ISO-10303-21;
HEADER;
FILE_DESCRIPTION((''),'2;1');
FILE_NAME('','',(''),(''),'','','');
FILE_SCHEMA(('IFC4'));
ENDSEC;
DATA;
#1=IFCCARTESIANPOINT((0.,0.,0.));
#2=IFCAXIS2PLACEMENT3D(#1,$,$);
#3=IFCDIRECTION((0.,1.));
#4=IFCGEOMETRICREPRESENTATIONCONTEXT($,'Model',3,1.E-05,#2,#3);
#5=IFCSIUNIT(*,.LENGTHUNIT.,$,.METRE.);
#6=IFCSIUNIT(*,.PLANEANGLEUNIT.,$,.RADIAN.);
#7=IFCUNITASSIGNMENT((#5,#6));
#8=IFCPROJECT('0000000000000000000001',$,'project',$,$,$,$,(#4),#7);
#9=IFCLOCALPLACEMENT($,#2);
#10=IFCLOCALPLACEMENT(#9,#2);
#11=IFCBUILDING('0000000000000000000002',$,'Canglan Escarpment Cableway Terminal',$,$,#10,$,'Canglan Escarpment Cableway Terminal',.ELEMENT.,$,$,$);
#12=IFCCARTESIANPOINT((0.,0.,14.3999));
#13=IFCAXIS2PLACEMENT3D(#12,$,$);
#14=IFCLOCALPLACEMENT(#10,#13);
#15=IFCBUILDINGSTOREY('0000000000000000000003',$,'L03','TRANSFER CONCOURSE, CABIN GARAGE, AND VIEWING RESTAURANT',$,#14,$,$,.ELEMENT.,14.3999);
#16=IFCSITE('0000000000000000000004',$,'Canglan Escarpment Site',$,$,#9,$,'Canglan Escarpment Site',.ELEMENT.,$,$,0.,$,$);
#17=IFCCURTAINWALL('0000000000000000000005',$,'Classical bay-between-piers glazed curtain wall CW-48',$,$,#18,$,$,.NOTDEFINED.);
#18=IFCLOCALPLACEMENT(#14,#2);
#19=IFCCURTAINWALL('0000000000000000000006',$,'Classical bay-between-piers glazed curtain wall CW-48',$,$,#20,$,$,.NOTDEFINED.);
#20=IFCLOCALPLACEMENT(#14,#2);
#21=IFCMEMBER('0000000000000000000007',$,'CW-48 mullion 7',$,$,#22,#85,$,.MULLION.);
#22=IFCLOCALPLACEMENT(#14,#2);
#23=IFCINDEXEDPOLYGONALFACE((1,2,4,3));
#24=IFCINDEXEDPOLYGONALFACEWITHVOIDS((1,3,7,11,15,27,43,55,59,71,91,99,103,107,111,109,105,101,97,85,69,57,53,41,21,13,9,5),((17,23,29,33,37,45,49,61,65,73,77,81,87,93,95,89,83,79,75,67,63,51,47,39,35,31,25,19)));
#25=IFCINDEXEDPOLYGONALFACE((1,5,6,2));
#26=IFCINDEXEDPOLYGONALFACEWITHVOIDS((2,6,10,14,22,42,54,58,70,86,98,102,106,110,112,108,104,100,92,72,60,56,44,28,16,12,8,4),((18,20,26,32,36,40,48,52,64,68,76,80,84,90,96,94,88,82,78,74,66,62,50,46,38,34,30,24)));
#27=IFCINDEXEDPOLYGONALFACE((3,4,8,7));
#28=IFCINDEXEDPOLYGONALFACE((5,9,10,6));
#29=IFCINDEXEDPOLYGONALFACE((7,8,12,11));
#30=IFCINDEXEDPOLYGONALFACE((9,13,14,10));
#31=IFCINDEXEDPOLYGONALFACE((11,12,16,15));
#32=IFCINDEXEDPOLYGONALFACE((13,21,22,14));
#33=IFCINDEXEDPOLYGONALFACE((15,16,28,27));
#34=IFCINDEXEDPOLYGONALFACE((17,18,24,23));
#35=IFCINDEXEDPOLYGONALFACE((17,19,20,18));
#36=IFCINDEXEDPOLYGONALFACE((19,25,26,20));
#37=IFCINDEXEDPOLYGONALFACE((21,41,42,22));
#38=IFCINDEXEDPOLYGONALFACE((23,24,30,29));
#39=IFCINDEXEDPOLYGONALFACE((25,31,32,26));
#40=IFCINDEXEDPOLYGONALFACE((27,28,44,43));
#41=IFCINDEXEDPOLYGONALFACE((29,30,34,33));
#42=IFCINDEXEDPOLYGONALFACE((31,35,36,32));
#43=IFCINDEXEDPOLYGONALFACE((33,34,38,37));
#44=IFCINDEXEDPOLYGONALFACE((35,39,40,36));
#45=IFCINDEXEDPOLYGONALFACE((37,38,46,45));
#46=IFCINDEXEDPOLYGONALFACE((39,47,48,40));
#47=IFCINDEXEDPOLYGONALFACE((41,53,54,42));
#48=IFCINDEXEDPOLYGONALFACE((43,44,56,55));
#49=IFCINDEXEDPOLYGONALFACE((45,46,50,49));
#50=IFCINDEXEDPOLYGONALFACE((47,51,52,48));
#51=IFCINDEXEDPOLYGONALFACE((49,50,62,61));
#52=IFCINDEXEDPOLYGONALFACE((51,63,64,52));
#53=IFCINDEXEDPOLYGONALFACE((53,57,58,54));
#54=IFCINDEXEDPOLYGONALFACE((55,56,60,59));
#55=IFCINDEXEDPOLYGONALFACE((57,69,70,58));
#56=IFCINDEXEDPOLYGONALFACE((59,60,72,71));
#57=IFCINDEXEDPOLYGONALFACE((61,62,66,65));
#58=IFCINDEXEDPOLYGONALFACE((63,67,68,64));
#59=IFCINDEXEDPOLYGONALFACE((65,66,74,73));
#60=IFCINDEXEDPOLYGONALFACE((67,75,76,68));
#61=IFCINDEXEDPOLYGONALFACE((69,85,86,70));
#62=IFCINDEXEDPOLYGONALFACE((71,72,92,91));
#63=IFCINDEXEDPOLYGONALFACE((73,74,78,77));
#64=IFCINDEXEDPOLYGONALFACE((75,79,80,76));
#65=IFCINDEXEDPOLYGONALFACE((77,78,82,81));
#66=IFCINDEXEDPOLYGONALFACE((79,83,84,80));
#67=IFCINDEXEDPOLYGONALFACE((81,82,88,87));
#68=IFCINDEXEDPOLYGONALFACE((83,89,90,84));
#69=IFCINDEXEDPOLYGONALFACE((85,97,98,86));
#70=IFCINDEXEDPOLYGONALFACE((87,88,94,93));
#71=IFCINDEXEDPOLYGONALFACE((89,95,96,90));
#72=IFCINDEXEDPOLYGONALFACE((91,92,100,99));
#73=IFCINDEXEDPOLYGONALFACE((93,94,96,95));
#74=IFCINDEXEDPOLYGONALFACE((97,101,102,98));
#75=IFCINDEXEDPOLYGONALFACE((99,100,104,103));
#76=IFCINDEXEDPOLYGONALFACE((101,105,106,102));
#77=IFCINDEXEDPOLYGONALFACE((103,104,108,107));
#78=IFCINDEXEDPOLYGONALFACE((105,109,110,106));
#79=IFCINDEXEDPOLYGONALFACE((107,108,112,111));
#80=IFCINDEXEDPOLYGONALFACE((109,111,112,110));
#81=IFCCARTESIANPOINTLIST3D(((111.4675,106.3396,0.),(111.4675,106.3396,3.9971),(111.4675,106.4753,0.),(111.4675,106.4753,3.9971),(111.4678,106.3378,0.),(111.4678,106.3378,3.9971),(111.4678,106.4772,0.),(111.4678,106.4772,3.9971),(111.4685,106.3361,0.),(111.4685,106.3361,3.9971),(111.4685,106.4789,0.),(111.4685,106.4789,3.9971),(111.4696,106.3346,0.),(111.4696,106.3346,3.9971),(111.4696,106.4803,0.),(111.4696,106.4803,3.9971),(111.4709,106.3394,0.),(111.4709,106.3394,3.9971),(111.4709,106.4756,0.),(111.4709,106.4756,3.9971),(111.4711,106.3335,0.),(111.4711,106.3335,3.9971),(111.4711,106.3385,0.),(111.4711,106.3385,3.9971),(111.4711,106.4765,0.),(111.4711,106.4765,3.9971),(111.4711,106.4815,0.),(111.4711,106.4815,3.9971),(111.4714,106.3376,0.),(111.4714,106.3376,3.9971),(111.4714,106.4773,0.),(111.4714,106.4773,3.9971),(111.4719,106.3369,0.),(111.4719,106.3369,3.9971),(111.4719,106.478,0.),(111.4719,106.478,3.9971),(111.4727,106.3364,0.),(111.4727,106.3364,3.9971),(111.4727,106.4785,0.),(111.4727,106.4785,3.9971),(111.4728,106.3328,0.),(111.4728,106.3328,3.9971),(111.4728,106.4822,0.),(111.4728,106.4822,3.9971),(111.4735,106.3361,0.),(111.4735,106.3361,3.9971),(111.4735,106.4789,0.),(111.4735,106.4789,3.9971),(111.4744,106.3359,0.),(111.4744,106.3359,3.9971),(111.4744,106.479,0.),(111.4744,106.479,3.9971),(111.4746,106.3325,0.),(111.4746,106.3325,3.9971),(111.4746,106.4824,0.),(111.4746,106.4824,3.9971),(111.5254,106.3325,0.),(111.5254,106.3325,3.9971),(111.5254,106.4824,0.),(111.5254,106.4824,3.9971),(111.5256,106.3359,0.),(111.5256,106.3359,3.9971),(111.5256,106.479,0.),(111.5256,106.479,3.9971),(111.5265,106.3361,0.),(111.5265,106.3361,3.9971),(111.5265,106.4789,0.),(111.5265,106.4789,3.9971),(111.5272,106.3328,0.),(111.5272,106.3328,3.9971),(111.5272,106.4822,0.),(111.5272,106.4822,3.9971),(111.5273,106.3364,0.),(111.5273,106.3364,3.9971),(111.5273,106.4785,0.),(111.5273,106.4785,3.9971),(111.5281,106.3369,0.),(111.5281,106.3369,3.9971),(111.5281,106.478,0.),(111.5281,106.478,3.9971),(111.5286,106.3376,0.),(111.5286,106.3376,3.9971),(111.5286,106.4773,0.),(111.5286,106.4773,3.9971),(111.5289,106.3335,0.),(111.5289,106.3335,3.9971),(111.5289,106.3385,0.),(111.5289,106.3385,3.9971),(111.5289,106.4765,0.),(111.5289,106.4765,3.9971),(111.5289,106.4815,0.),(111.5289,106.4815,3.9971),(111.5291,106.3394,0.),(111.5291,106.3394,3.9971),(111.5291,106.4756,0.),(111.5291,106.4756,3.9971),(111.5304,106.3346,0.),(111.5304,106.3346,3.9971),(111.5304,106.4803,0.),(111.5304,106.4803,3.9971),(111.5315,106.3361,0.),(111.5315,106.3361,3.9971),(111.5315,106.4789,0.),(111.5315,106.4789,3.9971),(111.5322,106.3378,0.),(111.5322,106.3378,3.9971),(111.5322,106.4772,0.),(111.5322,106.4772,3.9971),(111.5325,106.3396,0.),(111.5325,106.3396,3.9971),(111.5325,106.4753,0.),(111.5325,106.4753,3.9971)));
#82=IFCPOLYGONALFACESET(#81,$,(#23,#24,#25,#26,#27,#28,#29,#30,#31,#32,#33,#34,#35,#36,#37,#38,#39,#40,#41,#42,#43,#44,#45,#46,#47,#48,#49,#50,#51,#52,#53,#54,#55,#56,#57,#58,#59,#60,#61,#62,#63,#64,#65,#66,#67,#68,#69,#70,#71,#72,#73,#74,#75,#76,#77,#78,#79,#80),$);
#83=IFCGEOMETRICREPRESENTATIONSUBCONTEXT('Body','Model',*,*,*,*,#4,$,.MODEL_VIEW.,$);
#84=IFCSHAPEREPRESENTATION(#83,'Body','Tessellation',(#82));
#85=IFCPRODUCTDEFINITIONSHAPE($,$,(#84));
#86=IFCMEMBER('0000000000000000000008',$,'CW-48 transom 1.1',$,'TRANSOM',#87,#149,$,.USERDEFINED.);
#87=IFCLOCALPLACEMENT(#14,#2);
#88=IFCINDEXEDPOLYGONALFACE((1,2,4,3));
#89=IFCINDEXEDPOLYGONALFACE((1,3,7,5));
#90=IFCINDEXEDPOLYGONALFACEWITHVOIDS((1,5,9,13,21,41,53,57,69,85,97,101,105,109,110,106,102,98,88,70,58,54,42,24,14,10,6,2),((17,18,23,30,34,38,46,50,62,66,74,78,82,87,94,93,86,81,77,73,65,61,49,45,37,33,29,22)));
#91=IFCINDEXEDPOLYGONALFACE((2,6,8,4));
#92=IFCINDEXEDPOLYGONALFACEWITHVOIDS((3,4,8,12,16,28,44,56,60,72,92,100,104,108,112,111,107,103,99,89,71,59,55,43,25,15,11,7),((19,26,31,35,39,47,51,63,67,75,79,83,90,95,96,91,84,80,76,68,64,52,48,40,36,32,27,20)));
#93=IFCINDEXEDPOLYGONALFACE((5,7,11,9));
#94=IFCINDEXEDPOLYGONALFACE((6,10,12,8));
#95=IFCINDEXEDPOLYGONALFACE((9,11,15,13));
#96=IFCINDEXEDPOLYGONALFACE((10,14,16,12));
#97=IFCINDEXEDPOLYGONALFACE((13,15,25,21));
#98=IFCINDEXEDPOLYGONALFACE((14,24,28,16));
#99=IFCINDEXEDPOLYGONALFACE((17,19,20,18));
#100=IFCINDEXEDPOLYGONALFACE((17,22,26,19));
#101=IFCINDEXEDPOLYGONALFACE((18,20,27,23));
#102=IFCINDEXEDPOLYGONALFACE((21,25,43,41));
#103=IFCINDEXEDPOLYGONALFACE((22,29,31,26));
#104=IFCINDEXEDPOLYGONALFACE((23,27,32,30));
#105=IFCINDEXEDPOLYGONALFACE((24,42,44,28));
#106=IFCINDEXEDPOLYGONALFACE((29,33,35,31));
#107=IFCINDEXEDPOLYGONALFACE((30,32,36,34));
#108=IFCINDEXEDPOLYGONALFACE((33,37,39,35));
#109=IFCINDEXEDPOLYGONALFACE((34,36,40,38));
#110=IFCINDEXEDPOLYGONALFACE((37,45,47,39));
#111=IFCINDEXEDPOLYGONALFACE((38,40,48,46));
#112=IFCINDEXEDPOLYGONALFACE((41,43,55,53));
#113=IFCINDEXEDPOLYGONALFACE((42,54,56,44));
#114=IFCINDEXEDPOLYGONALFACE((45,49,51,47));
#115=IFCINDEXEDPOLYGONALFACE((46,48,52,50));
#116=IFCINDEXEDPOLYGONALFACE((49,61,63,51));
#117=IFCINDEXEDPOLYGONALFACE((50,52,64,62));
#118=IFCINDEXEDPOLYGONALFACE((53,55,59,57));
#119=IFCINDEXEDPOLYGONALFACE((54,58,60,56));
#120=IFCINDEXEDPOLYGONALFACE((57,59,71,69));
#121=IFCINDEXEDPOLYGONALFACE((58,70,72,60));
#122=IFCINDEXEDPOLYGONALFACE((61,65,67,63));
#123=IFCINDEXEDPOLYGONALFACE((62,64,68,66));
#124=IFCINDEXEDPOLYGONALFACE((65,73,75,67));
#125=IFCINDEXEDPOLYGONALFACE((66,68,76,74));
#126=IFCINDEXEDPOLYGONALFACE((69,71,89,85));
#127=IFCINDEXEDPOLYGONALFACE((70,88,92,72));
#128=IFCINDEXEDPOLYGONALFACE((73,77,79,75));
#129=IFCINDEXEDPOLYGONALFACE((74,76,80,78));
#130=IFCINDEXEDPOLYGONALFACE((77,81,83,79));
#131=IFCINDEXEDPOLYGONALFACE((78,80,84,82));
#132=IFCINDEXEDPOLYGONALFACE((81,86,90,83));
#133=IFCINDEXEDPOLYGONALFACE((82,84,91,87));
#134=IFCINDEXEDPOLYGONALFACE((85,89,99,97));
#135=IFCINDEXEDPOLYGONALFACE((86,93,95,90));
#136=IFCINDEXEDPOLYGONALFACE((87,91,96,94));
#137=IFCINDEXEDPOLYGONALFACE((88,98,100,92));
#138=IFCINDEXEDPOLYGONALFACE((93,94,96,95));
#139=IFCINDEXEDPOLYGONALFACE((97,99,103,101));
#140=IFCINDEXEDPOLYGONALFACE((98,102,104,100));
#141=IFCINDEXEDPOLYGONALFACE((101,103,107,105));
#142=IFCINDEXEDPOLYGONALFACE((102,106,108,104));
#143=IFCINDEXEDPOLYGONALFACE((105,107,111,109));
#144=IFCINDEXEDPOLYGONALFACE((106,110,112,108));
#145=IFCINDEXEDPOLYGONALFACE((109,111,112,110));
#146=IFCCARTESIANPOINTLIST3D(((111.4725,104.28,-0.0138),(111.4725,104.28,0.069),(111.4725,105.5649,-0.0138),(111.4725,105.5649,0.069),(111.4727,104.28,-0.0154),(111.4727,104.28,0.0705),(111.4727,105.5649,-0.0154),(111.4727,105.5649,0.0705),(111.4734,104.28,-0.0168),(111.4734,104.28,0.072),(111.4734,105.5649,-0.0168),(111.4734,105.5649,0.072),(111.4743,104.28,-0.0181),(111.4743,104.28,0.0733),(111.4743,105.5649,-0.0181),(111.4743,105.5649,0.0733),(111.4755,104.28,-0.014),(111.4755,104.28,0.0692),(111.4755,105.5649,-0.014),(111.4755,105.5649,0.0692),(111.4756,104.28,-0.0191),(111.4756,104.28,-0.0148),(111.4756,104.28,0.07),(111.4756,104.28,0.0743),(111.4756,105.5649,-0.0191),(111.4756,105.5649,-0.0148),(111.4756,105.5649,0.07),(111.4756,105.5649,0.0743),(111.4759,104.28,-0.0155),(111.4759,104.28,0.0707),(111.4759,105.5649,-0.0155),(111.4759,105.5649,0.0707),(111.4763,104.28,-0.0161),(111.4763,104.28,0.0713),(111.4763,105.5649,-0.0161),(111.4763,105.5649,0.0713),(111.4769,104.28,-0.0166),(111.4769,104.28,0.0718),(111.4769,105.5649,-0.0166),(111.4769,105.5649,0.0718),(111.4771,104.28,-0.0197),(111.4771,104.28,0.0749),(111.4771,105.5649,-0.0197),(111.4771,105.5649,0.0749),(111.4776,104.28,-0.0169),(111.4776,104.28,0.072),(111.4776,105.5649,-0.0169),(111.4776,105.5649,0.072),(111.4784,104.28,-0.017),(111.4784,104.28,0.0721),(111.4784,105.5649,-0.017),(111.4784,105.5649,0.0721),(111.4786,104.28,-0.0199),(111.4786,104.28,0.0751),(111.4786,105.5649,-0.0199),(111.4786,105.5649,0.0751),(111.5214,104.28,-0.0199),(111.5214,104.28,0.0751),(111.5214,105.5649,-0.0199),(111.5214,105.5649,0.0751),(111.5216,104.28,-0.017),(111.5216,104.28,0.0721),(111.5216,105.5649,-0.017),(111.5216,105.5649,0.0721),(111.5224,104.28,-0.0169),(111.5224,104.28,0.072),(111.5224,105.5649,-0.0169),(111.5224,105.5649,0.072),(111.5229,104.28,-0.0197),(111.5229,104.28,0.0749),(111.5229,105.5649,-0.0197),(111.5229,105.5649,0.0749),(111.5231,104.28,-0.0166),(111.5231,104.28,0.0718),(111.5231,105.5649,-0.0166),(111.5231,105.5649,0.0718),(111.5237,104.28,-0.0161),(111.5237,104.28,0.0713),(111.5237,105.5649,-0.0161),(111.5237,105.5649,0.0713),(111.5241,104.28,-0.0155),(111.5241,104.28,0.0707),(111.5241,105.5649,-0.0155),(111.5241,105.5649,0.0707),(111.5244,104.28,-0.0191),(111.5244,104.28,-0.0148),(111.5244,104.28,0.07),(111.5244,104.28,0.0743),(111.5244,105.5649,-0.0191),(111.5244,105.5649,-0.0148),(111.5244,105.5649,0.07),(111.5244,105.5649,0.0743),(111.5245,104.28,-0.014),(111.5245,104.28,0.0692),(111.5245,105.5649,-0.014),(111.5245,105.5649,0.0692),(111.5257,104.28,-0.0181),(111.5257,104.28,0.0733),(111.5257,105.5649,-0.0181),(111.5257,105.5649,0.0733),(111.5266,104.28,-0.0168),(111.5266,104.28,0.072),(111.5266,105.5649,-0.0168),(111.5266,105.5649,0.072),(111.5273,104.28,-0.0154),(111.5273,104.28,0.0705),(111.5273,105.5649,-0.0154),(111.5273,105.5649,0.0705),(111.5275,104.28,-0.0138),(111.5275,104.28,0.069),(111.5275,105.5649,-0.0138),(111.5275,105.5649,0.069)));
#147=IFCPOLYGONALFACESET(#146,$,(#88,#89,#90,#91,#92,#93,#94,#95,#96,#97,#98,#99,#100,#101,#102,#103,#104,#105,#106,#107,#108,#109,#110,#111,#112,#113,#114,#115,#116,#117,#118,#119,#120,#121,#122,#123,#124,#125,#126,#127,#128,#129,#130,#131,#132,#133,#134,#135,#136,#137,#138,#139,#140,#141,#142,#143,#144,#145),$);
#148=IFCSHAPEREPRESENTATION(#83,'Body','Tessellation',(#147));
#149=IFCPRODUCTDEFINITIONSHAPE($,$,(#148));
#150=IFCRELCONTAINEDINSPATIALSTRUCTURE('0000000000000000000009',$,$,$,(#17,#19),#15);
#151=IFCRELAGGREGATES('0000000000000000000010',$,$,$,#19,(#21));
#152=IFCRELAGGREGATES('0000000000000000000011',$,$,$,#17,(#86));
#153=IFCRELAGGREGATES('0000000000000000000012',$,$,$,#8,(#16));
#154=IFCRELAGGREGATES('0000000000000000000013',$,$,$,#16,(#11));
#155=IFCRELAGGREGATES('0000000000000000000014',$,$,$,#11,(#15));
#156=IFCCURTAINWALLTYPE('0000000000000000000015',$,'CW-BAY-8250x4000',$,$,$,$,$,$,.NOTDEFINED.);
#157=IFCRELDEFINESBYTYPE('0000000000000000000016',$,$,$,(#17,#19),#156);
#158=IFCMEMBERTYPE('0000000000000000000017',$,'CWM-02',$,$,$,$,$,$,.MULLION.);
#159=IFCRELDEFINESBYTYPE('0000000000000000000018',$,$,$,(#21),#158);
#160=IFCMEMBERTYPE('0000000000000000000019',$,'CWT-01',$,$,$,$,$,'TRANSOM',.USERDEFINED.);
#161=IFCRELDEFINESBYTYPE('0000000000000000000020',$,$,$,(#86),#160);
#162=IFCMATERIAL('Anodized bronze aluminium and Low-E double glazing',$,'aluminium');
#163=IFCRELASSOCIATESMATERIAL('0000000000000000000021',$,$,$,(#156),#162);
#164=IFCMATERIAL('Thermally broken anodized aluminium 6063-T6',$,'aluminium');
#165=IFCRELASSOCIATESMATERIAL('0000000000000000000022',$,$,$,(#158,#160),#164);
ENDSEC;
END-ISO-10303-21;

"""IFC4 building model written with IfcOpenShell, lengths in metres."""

from ifc_helpers import new_model, si_unit, direction, frame, origin, origin_2d, place, context, subcontext, project, spatial, hollow_rectangle, extrude, material, material_profile, profile_set, type_object, element, aggregate, save


model = new_model("IFC4")

# Units and contexts
model_context = context("Model", 3, precision=1e-05, world=origin(), true_north=direction((0.0, 1.0)))
body_context = subcontext(model_context, "Body", "Model", "MODEL_VIEW")
ifc_project = project(units=[si_unit("LENGTHUNIT", "METRE"), si_unit("PLANEANGLEUNIT", "RADIAN")], contexts=[model_context])

# Site, building, storey
site_placement = place(None, origin())
site = spatial("IfcSite", under=ifc_project, at=site_placement, Name="Canglan Escarpment Site", LongName="Canglan Escarpment Site", CompositionType="ELEMENT", RefElevation=0.0)
building_placement = place(site_placement, origin())
building = spatial("IfcBuilding", under=site, at=building_placement, Name="Canglan Escarpment Cableway Terminal", LongName="Canglan Escarpment Cableway Terminal", CompositionType="ELEMENT")
storey_placement = place(building_placement, frame((0.0, 0.0, 14.3999)))
storey = spatial("IfcBuildingStorey", under=building, at=storey_placement, Name="L03", Description="TRANSFER CONCOURSE, CABIN GARAGE, AND VIEWING RESTAURANT", CompositionType="ELEMENT", Elevation=14.3999)

# Curtain walls, member
ifc_material_1 = material(Name="Anodized bronze aluminium and Low-E double glazing", Category="aluminium")
curtain_wall_type = type_object("IfcCurtainWallType", Name="CW-BAY-8250x4000", PredefinedType="NOTDEFINED", material=ifc_material_1)
curtain_wall_1_placement = place(storey_placement, origin())
curtain_wall_1 = element("IfcCurtainWall", 1, at=curtain_wall_1_placement, inside=storey, type_object=curtain_wall_type, Name="Classical bay-between-piers glazed curtain wall CW-48", PredefinedType="NOTDEFINED")
ifc_material_2 = material(Name="Thermally broken anodized aluminium 6063-T6", Category="aluminium")
curtain_wall_2_placement = place(storey_placement, origin())
curtain_wall_2 = element("IfcCurtainWall", 2, at=curtain_wall_2_placement, inside=storey, type_object=curtain_wall_type, Name="Classical bay-between-piers glazed curtain wall CW-48", PredefinedType="NOTDEFINED")
ifc_material_profile_1 = material_profile(ifc_material_2, hollow_rectangle(XDim=0.0649, YDim=0.1499, WallThickness=0.0034, InnerFilletRadius=0.0034, OuterFilletRadius=0.0071, at=origin_2d()), Name="ALU-MULL 65x150x3.5")
ifc_profile_set_1 = profile_set([ifc_material_profile_1], Name="Thermally broken anodized aluminium 6063-T6")
member_type_1 = type_object("IfcMemberType", Name="CWM-02", PredefinedType="MULLION", material=ifc_profile_set_1)
member_1_placement = place(storey_placement, frame((111.5, 106.4075, 0.0), z_axis=(0.0, 0.0, 1.0), x_axis=(1.0, 0.0, 0.0)))
member_1 = element("IfcMember", 3, at=member_1_placement, type_object=member_type_1, Name="CW-48 mullion 7", PredefinedType="MULLION", context=body_context, shape_type="SweptSolid", body=[
    extrude(hollow_rectangle(XDim=0.0649, YDim=0.1499, WallThickness=0.0034, InnerFilletRadius=0.0034, OuterFilletRadius=0.0071, at=origin_2d()), origin(), (0.0, 0.0, 1.0), 3.9971),
])

# Member
ifc_material_profile_2 = material_profile(ifc_material_2, hollow_rectangle(XDim=0.0549, YDim=0.095, WallThickness=0.0029, InnerFilletRadius=0.0029, OuterFilletRadius=0.0061, at=origin_2d()), Name="ALU-TRAN 55x95x3")
ifc_profile_set_2 = profile_set([ifc_material_profile_2], Name="Thermally broken anodized aluminium 6063-T6")
member_type_2 = type_object("IfcMemberType", Name="CWT-01", ElementType="TRANSOM", PredefinedType="USERDEFINED", material=ifc_profile_set_2)
member_2_placement = place(storey_placement, frame((111.5, 105.5649, 0.0276), z_axis=(0.0, -1.0, 0.0), x_axis=(1.0, 0.0, 0.0)))
member_2 = element("IfcMember", 4, at=member_2_placement, type_object=member_type_2, Name="CW-48 transom 1.1", ObjectType="TRANSOM", PredefinedType="USERDEFINED", context=body_context, shape_type="SweptSolid", body=[
    extrude(hollow_rectangle(XDim=0.0549, YDim=0.095, WallThickness=0.0029, InnerFilletRadius=0.0029, OuterFilletRadius=0.0061, at=origin_2d()), origin(), (0.0, 0.0, 1.0), 1.2849),
])
aggregate(curtain_wall_2, [member_1])

aggregate(curtain_wall_1, [member_2])

save(model, "model.ifc")
